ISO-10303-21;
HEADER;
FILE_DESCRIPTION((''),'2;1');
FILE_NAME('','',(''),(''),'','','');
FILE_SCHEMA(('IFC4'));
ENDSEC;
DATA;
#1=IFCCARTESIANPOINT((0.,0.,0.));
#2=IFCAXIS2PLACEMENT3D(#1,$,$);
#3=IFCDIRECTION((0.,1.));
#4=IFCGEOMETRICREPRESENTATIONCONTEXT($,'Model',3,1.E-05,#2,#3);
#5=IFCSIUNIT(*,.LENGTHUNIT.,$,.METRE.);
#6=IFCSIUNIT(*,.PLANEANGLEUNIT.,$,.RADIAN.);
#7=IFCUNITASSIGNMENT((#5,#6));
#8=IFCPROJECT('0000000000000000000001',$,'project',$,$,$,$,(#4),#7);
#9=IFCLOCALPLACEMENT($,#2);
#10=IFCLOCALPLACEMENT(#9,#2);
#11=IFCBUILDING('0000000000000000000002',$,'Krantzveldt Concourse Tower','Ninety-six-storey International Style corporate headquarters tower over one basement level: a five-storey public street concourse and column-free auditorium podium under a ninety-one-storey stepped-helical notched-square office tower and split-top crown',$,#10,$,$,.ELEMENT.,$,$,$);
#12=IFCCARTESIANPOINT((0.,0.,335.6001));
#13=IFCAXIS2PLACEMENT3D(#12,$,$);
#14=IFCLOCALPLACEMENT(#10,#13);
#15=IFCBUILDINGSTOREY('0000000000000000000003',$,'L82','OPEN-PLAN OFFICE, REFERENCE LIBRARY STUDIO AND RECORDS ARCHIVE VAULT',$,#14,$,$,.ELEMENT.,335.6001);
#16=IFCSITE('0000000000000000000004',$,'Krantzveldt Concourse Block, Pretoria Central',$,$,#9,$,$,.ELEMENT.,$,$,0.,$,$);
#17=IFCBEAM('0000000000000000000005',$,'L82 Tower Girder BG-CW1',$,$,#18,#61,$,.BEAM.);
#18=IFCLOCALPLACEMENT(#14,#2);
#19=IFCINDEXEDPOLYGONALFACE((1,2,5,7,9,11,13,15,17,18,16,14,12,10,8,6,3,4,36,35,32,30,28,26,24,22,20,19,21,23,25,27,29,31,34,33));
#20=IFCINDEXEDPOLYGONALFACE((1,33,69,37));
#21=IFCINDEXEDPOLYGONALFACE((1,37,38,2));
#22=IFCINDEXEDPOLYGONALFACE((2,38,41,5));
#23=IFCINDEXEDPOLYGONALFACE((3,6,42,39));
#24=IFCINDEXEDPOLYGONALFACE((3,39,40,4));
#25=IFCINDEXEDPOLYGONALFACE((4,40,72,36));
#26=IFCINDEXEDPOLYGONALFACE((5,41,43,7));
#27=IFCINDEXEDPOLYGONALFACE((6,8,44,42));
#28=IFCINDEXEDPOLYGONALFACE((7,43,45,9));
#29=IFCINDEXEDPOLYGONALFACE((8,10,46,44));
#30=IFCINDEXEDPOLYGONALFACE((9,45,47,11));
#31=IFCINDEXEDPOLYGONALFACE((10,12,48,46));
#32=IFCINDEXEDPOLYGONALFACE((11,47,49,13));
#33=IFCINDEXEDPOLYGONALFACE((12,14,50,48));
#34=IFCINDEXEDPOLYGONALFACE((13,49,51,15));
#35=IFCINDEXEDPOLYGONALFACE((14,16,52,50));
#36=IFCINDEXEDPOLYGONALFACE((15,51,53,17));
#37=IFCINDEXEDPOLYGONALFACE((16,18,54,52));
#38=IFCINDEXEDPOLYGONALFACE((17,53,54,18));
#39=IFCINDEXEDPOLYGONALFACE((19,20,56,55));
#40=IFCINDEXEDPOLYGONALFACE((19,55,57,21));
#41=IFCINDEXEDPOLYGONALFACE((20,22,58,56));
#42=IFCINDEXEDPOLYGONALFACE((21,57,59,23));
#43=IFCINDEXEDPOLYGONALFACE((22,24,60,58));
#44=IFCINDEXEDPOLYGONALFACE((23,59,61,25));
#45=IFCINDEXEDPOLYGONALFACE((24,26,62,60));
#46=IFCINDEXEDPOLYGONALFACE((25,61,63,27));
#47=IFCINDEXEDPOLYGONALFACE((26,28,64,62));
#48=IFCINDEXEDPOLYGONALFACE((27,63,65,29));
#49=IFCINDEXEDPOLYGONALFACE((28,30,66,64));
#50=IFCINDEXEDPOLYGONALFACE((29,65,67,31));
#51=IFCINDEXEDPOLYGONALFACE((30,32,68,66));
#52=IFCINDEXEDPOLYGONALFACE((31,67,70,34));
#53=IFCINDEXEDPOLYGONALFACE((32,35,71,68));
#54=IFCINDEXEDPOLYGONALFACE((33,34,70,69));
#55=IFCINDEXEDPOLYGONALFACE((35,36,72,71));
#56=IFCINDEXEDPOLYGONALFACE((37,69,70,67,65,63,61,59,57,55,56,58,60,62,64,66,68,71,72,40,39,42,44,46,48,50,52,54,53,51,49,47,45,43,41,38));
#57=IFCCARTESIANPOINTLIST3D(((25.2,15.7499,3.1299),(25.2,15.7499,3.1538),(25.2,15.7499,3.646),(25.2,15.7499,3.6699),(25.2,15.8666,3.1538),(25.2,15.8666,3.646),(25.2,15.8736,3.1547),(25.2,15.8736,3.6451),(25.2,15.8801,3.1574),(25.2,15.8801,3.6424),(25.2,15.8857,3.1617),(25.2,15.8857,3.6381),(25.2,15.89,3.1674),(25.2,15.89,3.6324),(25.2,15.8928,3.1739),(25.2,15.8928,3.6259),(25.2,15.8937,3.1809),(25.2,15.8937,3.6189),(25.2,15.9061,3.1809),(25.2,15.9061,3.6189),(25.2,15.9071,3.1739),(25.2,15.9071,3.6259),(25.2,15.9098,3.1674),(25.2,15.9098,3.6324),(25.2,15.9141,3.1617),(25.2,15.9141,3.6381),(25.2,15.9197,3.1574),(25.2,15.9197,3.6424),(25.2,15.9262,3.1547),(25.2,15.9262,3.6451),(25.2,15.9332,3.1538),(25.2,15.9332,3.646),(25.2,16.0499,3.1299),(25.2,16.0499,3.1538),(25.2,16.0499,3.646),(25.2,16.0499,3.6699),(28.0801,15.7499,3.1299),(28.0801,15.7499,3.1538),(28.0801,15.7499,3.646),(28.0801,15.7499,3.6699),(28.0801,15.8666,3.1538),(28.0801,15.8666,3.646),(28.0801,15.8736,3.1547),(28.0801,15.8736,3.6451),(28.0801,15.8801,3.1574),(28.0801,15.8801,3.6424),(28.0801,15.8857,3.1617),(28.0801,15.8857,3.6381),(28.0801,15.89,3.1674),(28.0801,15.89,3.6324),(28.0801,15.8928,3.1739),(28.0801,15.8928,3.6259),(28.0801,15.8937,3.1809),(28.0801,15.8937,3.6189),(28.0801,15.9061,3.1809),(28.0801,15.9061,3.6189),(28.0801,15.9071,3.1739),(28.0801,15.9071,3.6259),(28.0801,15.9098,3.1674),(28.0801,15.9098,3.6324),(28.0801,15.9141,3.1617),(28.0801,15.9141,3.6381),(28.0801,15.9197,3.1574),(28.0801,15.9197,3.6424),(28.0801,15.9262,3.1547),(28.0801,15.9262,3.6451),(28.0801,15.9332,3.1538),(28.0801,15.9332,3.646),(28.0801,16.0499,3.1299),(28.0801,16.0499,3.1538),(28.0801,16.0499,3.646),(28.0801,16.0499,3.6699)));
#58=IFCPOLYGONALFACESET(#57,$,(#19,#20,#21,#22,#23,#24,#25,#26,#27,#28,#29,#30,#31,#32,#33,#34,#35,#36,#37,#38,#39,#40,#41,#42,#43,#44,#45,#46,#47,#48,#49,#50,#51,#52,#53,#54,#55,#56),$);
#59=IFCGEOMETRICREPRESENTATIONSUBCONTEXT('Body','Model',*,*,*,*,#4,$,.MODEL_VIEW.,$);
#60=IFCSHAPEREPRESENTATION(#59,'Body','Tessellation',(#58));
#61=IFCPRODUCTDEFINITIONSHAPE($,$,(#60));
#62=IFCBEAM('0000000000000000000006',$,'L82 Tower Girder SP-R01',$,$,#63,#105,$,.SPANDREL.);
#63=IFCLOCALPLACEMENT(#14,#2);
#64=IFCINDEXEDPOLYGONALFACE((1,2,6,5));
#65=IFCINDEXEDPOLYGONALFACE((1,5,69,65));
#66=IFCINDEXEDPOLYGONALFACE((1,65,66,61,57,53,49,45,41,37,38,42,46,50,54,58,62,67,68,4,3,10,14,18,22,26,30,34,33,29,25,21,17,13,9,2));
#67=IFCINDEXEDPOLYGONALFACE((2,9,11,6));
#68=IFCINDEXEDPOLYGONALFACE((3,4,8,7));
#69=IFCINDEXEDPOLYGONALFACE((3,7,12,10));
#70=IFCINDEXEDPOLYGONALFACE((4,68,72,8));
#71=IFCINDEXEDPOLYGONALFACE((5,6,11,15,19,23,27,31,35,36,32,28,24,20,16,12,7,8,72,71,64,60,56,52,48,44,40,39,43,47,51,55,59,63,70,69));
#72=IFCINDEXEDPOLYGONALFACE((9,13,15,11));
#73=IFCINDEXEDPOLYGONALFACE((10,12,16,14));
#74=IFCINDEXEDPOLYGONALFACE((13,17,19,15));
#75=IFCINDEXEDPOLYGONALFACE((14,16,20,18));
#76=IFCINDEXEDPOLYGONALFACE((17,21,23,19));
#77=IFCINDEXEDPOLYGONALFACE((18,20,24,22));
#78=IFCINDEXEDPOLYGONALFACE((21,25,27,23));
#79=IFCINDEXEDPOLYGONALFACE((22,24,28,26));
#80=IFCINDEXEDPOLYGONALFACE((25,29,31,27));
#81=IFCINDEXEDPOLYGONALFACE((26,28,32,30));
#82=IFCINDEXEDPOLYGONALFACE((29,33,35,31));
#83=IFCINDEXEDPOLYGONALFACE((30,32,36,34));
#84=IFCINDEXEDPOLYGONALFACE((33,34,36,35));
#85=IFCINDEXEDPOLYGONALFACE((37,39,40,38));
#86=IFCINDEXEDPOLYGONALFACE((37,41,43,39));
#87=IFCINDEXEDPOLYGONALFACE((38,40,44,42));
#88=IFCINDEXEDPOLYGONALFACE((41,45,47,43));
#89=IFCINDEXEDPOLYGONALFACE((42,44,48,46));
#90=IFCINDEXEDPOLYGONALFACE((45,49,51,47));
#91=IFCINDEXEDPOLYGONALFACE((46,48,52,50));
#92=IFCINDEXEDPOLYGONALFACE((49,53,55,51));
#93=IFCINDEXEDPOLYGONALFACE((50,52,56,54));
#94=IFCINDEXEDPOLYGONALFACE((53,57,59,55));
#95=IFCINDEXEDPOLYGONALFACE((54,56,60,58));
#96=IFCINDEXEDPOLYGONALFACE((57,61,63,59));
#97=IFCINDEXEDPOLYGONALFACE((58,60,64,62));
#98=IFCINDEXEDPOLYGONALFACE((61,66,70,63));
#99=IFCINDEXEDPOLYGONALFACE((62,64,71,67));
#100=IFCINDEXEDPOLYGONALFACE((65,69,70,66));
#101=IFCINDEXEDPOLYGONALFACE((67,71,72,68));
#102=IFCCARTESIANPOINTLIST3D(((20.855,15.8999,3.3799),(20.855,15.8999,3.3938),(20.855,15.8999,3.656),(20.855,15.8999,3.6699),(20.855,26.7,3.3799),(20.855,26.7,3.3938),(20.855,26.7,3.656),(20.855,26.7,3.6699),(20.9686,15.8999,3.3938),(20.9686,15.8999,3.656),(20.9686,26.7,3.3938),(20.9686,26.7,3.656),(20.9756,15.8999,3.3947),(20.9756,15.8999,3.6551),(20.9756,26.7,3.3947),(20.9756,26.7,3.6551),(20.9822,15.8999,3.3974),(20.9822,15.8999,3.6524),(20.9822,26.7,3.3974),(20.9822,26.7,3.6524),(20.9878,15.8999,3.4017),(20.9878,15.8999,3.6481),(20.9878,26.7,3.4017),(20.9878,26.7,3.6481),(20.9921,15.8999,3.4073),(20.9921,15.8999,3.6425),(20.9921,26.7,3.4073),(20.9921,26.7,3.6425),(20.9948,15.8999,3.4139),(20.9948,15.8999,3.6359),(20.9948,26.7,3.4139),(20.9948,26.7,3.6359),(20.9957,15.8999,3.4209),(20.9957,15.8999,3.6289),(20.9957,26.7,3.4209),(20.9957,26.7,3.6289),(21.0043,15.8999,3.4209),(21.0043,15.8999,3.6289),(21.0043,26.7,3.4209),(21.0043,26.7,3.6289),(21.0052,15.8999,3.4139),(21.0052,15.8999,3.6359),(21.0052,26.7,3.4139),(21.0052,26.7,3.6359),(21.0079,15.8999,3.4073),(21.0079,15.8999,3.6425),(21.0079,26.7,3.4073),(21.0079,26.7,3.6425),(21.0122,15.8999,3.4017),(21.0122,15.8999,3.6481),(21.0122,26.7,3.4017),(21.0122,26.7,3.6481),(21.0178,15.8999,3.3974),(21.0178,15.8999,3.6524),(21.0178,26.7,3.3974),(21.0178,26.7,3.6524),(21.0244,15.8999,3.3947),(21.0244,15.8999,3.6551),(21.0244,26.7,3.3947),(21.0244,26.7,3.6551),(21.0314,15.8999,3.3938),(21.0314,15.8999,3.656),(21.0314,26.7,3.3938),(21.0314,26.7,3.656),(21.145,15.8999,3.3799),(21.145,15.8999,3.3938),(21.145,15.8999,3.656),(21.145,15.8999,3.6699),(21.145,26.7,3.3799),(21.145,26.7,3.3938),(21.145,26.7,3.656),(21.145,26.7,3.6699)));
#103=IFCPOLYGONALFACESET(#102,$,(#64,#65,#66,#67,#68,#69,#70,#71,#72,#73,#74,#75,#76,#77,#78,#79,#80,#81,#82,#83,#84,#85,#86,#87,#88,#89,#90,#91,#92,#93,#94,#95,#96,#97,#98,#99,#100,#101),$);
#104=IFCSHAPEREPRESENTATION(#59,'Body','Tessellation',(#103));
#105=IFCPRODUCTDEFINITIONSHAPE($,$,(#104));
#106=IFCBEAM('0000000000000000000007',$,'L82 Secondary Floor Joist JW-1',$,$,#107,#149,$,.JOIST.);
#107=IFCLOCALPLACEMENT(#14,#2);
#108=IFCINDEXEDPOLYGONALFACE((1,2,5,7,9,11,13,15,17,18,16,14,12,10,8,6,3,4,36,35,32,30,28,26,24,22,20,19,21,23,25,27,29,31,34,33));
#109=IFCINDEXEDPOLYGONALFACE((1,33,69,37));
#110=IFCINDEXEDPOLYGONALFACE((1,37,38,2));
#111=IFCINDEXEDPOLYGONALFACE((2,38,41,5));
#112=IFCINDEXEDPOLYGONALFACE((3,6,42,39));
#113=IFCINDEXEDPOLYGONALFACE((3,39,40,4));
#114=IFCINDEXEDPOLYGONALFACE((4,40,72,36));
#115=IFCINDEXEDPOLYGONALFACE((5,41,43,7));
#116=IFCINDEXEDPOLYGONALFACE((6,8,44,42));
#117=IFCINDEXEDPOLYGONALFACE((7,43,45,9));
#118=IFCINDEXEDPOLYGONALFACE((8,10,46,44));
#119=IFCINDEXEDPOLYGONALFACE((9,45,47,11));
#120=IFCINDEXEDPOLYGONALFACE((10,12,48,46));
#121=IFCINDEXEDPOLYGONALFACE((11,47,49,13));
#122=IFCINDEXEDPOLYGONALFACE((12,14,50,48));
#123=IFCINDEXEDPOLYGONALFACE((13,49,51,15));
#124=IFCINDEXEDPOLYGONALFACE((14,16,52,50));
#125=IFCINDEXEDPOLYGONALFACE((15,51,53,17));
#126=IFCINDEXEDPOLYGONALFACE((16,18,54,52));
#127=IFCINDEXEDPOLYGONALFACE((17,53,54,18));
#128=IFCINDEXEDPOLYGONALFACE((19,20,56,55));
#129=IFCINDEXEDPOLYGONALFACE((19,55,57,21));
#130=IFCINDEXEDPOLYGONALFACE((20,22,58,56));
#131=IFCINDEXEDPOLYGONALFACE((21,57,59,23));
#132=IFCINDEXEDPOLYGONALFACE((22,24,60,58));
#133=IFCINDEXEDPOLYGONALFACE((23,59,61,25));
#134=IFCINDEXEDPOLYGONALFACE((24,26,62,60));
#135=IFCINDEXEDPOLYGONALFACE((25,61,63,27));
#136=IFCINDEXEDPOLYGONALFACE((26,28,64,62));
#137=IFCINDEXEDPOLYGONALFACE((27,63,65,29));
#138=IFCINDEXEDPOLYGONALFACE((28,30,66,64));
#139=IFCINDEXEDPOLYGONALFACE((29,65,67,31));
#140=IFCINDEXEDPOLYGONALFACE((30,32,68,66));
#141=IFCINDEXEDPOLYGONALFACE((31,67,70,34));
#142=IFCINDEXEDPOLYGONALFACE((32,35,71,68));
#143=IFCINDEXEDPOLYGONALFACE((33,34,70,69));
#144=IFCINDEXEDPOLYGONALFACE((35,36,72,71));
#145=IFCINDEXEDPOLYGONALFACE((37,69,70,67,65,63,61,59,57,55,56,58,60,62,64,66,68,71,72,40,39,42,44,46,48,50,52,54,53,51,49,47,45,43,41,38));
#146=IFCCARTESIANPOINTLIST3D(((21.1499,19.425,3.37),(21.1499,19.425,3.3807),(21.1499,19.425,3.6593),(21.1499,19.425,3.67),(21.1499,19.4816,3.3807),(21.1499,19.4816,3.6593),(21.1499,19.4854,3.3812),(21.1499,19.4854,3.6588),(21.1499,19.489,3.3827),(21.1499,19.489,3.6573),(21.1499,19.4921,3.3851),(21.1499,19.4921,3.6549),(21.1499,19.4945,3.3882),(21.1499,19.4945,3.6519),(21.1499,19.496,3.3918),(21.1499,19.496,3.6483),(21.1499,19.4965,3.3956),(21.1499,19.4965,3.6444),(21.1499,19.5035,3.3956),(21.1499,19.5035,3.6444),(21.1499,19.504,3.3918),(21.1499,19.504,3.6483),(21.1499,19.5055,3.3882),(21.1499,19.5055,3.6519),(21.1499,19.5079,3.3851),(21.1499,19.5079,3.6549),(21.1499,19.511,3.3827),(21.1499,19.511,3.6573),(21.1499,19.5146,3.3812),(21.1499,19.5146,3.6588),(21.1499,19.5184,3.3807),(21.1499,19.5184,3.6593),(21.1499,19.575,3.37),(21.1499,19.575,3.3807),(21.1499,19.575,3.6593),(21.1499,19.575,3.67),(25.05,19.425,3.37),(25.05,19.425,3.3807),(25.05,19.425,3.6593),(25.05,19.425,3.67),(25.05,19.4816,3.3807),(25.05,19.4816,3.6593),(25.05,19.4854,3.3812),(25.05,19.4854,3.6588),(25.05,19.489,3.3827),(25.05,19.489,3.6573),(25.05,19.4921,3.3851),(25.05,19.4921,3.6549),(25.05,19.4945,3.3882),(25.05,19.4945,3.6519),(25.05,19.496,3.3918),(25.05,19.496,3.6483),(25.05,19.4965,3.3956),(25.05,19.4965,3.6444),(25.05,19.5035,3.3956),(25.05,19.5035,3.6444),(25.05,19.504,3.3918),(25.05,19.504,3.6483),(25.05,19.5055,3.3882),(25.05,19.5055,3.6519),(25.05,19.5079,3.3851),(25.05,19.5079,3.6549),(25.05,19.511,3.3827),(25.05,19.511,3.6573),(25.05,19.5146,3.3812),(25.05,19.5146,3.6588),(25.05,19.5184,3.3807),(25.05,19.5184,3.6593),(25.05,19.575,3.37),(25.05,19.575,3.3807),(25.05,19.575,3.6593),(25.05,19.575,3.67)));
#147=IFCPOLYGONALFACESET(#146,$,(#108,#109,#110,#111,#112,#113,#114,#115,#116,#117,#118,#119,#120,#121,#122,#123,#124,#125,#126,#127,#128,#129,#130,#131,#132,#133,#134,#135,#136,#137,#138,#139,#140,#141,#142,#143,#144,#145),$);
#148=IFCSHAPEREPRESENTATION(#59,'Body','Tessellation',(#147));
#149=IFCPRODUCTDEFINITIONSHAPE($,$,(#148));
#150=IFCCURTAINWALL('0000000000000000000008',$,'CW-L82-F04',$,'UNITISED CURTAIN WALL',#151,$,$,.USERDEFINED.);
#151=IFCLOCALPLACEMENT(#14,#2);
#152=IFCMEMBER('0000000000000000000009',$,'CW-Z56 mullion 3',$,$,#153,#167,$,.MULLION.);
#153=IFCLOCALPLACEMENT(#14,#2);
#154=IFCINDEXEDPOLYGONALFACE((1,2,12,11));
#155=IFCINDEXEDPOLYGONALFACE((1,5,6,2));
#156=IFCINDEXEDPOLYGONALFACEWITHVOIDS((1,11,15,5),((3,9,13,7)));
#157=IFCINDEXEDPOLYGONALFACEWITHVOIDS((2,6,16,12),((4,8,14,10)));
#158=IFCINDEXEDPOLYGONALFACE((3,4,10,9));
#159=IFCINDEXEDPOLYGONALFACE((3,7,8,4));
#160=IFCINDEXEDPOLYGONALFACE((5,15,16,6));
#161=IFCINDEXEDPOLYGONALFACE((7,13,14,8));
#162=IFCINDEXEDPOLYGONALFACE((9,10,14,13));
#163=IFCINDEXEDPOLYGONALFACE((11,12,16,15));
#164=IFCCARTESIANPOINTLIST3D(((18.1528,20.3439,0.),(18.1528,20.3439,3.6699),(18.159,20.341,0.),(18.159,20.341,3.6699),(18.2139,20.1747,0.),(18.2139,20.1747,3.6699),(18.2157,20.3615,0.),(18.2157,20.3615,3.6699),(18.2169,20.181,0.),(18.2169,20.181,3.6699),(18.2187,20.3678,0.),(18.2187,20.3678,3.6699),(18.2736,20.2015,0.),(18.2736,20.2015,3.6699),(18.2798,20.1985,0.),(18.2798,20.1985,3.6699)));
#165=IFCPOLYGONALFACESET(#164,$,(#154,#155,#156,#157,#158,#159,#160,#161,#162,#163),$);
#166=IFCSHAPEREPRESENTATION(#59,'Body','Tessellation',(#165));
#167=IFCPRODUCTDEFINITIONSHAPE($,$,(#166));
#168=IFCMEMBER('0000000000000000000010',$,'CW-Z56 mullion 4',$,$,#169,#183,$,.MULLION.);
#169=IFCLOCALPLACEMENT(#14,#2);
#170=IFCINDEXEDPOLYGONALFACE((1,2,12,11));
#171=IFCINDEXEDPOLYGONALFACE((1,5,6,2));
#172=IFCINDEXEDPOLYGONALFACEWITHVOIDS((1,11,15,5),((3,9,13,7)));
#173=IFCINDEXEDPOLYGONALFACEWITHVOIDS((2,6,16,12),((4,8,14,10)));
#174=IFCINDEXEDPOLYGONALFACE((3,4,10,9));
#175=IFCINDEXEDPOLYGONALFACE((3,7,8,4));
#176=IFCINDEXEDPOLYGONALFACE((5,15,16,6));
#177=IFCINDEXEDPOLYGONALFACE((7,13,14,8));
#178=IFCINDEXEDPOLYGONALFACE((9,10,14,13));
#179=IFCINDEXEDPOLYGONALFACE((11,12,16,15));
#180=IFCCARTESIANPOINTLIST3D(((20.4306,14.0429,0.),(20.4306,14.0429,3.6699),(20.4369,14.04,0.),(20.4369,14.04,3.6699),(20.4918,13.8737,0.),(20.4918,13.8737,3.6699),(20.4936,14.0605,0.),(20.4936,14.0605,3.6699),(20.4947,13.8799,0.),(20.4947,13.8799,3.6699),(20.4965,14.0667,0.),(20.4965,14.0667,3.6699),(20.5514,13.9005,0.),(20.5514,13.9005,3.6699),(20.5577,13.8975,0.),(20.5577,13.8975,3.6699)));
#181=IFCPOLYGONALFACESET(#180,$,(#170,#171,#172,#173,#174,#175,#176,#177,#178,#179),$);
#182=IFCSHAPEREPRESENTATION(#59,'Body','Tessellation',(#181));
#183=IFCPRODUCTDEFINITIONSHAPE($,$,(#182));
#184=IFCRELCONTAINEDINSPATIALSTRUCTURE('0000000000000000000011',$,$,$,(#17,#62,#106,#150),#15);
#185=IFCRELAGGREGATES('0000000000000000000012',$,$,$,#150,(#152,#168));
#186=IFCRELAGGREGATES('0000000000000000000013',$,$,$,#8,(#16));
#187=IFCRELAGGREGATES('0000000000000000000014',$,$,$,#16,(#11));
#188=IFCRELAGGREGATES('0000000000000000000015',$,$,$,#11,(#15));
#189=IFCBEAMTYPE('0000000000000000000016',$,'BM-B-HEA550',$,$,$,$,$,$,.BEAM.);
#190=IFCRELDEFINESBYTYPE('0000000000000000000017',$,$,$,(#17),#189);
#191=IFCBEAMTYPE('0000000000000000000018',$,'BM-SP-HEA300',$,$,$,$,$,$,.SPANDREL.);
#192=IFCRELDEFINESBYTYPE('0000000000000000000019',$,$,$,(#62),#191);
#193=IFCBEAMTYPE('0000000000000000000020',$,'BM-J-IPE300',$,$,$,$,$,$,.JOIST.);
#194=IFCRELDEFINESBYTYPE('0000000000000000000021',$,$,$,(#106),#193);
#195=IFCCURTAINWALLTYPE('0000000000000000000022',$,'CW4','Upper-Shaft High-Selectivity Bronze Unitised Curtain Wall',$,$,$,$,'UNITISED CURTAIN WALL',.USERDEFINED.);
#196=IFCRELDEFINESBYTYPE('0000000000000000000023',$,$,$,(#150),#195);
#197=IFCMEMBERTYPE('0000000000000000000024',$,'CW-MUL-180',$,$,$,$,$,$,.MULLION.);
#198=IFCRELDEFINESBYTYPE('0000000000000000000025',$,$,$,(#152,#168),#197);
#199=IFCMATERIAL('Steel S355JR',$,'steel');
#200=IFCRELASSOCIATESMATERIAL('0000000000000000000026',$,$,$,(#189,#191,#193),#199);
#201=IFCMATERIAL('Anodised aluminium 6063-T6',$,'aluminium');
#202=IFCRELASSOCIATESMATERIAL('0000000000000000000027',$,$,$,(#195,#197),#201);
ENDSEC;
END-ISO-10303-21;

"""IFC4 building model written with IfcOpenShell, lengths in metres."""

from ifc_helpers import new_model, si_unit, direction, frame, origin, origin_2d, place, context, subcontext, project, spatial, hollow_rectangle, i_section, extrude, source, transform, mapped, material, material_profile, profile_set, type_object, type_shapes, element, aggregate, save


model = new_model("IFC4")

# Units and contexts
model_context = context("Model", 3, precision=1e-05, world=origin(), true_north=direction((0.0, 1.0)))
body_context = subcontext(model_context, "Body", "Model", "MODEL_VIEW")
ifc_project = project(units=[si_unit("LENGTHUNIT", "METRE"), si_unit("PLANEANGLEUNIT", "RADIAN")], contexts=[model_context])

# Site, building, storey
site_placement = place(None, origin())
site = spatial("IfcSite", under=ifc_project, at=site_placement, Name="Krantzveldt Concourse Block, Pretoria Central", CompositionType="ELEMENT", RefElevation=0.0)
building_placement = place(site_placement, origin())
building = spatial("IfcBuilding", under=site, at=building_placement, Name="Krantzveldt Concourse Tower", Description="Ninety-six-storey International Style corporate headquarters tower over one basement level: a five-storey public street concourse and column-free auditorium podium under a ninety-one-storey stepped-helical notched-square office tower and split-top crown", CompositionType="ELEMENT")
storey_placement = place(building_placement, frame((0.0, 0.0, 335.6001)))
storey = spatial("IfcBuildingStorey", under=building, at=storey_placement, Name="L82", Description="OPEN-PLAN OFFICE, REFERENCE LIBRARY STUDIO AND RECORDS ARCHIVE VAULT", CompositionType="ELEMENT", Elevation=335.6001)

# Beams
ifc_material_1 = material(Name="Steel S355JR", Category="steel")
ifc_material_profile_1 = material_profile(ifc_material_1, i_section(OverallWidth=0.3, OverallDepth=0.54, WebThickness=0.0125, FlangeThickness=0.0239, FilletRadius=0.0271, at=origin_2d()), Name="Steel S355JR", Category="steel")
ifc_profile_set_1 = profile_set([ifc_material_profile_1], Name="Steel S355JR - HEA 550")
beam_type_1 = type_object("IfcBeamType", Name="BM-B-HEA550", PredefinedType="BEAM", material=ifc_profile_set_1)
shared_shape_1 = source(origin(), body_context, "Body", "SweptSolid", [
    extrude(i_section(OverallWidth=0.3, OverallDepth=0.54, WebThickness=0.0125, FlangeThickness=0.0239, FilletRadius=0.0271, at=origin_2d()), origin(), (0.0, 0.0, 1.0), 2.8801),
])
beam_1_placement = place(storey_placement, frame((25.2, 15.8999, 3.3999), z_axis=(1.0, 0.0, 0.0), x_axis=(0.0, 1.0, 0.0)))
element("IfcBeam", 1, at=beam_1_placement, inside=storey, type_object=beam_type_1, Name="L82 Tower Girder BG-CW1", PredefinedType="BEAM", context=body_context, shape_type="MappedRepresentation", body=[
    mapped(shared_shape_1, transform((0.0, 0.0, 0.0), x_axis=(1.0, 0.0, 0.0), y_axis=(0.0, 1.0, 0.0), z_axis=(0.0, 0.0, 1.0), scale=1.0)),
])
ifc_material_profile_2 = material_profile(ifc_material_1, i_section(OverallWidth=0.29, OverallDepth=0.29, WebThickness=0.0085, FlangeThickness=0.0139, FilletRadius=0.0271, at=origin_2d()), Name="Steel S355JR", Category="steel")
ifc_profile_set_2 = profile_set([ifc_material_profile_2], Name="Steel S355JR - HEA 300")
beam_type_2 = type_object("IfcBeamType", Name="BM-SP-HEA300", PredefinedType="SPANDREL", material=ifc_profile_set_2)
shared_shape_2 = source(origin(), body_context, "Body", "SweptSolid", [
    extrude(i_section(OverallWidth=0.29, OverallDepth=0.29, WebThickness=0.0085, FlangeThickness=0.0139, FilletRadius=0.0271, at=origin_2d()), origin(), (0.0, 0.0, 1.0), 10.8),
])
type_shapes(beam_type_2, [shared_shape_2])
beam_2_placement = place(storey_placement, frame((21.0, 15.8999, 3.5249), z_axis=(0.0, 1.0, 0.0), x_axis=(-1.0, 0.0, 0.0)))
element("IfcBeam", 2, at=beam_2_placement, inside=storey, type_object=beam_type_2, Name="L82 Tower Girder SP-R01", PredefinedType="SPANDREL", context=body_context, shape_type="MappedRepresentation", body=[
    mapped(shared_shape_2, transform((0.0, 0.0, 0.0), x_axis=(1.0, 0.0, 0.0), y_axis=(0.0, 1.0, 0.0), z_axis=(0.0, 0.0, 1.0), scale=1.0)),
])
ifc_material_profile_3 = material_profile(ifc_material_1, i_section(OverallWidth=0.1499, OverallDepth=0.3, WebThickness=0.0071, FlangeThickness=0.0107, FilletRadius=0.0149, at=origin_2d()), Name="Steel S355JR", Category="steel")
ifc_profile_set_3 = profile_set([ifc_material_profile_3], Name="Steel S355JR - IPE 300")
beam_type_3 = type_object("IfcBeamType", Name="BM-J-IPE300", PredefinedType="JOIST", material=ifc_profile_set_3)
shared_shape_3 = source(origin(), body_context, "Body", "SweptSolid", [
    extrude(i_section(OverallWidth=0.1499, OverallDepth=0.3, WebThickness=0.0071, FlangeThickness=0.0107, FilletRadius=0.0149, at=origin_2d()), origin(), (0.0, 0.0, 1.0), 3.9001),
])
type_shapes(beam_type_3, [shared_shape_3])
beam_3_placement = place(storey_placement, frame((21.1499, 19.5, 3.52), z_axis=(1.0, 0.0, 0.0), x_axis=(0.0, 1.0, 0.0)))
element("IfcBeam", 3, at=beam_3_placement, inside=storey, type_object=beam_type_3, Name="L82 Secondary Floor Joist JW-1", PredefinedType="JOIST", context=body_context, shape_type="MappedRepresentation", body=[
    mapped(shared_shape_3, transform((0.0, 0.0, 0.0), x_axis=(1.0, 0.0, 0.0), y_axis=(0.0, 1.0, 0.0), z_axis=(0.0, 0.0, 1.0), scale=1.0)),
])

# Curtain wall, members
ifc_material_2 = material(Name="Anodised aluminium 6063-T6", Category="aluminium")
curtain_wall_type = type_object("IfcCurtainWallType", Name="CW4", Description="Upper-Shaft High-Selectivity Bronze Unitised Curtain Wall", ElementType="UNITISED CURTAIN WALL", PredefinedType="USERDEFINED", material=ifc_material_2)
curtain_wall_placement = place(storey_placement, origin())
curtain_wall = element("IfcCurtainWall", 4, at=curtain_wall_placement, inside=storey, type_object=curtain_wall_type, Name="CW-L82-F04", ObjectType="UNITISED CURTAIN WALL", PredefinedType="USERDEFINED")
ifc_material_profile_4 = material_profile(ifc_material_2, hollow_rectangle(XDim=0.0701, YDim=0.1799, WallThickness=0.0049, at=origin_2d()), Name="Anodised aluminium 6063-T6", Category="aluminium")
ifc_profile_set_4 = profile_set([ifc_material_profile_4], Name="Anodised aluminium 6063-T6 - ALU-MULL 180x70x5")
member_type_1 = type_object("IfcMemberType", Name="CW-MUL-180", PredefinedType="MULLION", material=ifc_profile_set_4)
shared_shape_4 = source(origin(), body_context, "Body", "SweptSolid", [
    extrude(hollow_rectangle(XDim=0.0701, YDim=0.1799, WallThickness=0.0049, at=origin_2d()), origin(), (0.0, 0.0, 1.0), 3.6699),
])
type_shapes(member_type_1, [shared_shape_4])
member_1_placement = place(storey_placement, frame((18.2163, 20.2712, 0.0), z_axis=(0.0, 0.0, 1.0), x_axis=(0.940437, 0.339969, 0.0)))
member_1 = element("IfcMember", 5, at=member_1_placement, type_object=member_type_1, Name="CW-Z56 mullion 3", PredefinedType="MULLION", context=body_context, shape_type="MappedRepresentation", body=[
    mapped(shared_shape_4, transform((0.0, 0.0, 0.0), x_axis=(1.0, 0.0, 0.0), y_axis=(0.0, 1.0, 0.0), z_axis=(0.0, 0.0, 1.0), scale=1.0)),
])
member_2_placement = place(storey_placement, frame((20.4941, 13.9702, 0.0), z_axis=(0.0, 0.0, 1.0), x_axis=(0.940437, 0.339969, 0.0)))
member_2 = element("IfcMember", 6, at=member_2_placement, type_object=member_type_1, Name="CW-Z56 mullion 4", PredefinedType="MULLION", context=body_context, shape_type="MappedRepresentation", body=[
    mapped(shared_shape_4, transform((0.0, 0.0, 0.0), x_axis=(1.0, 0.0, 0.0), y_axis=(0.0, 1.0, 0.0), z_axis=(0.0, 0.0, 1.0), scale=1.0)),
])

aggregate(curtain_wall, [member_1, member_2])

save(model, "model.ifc")
